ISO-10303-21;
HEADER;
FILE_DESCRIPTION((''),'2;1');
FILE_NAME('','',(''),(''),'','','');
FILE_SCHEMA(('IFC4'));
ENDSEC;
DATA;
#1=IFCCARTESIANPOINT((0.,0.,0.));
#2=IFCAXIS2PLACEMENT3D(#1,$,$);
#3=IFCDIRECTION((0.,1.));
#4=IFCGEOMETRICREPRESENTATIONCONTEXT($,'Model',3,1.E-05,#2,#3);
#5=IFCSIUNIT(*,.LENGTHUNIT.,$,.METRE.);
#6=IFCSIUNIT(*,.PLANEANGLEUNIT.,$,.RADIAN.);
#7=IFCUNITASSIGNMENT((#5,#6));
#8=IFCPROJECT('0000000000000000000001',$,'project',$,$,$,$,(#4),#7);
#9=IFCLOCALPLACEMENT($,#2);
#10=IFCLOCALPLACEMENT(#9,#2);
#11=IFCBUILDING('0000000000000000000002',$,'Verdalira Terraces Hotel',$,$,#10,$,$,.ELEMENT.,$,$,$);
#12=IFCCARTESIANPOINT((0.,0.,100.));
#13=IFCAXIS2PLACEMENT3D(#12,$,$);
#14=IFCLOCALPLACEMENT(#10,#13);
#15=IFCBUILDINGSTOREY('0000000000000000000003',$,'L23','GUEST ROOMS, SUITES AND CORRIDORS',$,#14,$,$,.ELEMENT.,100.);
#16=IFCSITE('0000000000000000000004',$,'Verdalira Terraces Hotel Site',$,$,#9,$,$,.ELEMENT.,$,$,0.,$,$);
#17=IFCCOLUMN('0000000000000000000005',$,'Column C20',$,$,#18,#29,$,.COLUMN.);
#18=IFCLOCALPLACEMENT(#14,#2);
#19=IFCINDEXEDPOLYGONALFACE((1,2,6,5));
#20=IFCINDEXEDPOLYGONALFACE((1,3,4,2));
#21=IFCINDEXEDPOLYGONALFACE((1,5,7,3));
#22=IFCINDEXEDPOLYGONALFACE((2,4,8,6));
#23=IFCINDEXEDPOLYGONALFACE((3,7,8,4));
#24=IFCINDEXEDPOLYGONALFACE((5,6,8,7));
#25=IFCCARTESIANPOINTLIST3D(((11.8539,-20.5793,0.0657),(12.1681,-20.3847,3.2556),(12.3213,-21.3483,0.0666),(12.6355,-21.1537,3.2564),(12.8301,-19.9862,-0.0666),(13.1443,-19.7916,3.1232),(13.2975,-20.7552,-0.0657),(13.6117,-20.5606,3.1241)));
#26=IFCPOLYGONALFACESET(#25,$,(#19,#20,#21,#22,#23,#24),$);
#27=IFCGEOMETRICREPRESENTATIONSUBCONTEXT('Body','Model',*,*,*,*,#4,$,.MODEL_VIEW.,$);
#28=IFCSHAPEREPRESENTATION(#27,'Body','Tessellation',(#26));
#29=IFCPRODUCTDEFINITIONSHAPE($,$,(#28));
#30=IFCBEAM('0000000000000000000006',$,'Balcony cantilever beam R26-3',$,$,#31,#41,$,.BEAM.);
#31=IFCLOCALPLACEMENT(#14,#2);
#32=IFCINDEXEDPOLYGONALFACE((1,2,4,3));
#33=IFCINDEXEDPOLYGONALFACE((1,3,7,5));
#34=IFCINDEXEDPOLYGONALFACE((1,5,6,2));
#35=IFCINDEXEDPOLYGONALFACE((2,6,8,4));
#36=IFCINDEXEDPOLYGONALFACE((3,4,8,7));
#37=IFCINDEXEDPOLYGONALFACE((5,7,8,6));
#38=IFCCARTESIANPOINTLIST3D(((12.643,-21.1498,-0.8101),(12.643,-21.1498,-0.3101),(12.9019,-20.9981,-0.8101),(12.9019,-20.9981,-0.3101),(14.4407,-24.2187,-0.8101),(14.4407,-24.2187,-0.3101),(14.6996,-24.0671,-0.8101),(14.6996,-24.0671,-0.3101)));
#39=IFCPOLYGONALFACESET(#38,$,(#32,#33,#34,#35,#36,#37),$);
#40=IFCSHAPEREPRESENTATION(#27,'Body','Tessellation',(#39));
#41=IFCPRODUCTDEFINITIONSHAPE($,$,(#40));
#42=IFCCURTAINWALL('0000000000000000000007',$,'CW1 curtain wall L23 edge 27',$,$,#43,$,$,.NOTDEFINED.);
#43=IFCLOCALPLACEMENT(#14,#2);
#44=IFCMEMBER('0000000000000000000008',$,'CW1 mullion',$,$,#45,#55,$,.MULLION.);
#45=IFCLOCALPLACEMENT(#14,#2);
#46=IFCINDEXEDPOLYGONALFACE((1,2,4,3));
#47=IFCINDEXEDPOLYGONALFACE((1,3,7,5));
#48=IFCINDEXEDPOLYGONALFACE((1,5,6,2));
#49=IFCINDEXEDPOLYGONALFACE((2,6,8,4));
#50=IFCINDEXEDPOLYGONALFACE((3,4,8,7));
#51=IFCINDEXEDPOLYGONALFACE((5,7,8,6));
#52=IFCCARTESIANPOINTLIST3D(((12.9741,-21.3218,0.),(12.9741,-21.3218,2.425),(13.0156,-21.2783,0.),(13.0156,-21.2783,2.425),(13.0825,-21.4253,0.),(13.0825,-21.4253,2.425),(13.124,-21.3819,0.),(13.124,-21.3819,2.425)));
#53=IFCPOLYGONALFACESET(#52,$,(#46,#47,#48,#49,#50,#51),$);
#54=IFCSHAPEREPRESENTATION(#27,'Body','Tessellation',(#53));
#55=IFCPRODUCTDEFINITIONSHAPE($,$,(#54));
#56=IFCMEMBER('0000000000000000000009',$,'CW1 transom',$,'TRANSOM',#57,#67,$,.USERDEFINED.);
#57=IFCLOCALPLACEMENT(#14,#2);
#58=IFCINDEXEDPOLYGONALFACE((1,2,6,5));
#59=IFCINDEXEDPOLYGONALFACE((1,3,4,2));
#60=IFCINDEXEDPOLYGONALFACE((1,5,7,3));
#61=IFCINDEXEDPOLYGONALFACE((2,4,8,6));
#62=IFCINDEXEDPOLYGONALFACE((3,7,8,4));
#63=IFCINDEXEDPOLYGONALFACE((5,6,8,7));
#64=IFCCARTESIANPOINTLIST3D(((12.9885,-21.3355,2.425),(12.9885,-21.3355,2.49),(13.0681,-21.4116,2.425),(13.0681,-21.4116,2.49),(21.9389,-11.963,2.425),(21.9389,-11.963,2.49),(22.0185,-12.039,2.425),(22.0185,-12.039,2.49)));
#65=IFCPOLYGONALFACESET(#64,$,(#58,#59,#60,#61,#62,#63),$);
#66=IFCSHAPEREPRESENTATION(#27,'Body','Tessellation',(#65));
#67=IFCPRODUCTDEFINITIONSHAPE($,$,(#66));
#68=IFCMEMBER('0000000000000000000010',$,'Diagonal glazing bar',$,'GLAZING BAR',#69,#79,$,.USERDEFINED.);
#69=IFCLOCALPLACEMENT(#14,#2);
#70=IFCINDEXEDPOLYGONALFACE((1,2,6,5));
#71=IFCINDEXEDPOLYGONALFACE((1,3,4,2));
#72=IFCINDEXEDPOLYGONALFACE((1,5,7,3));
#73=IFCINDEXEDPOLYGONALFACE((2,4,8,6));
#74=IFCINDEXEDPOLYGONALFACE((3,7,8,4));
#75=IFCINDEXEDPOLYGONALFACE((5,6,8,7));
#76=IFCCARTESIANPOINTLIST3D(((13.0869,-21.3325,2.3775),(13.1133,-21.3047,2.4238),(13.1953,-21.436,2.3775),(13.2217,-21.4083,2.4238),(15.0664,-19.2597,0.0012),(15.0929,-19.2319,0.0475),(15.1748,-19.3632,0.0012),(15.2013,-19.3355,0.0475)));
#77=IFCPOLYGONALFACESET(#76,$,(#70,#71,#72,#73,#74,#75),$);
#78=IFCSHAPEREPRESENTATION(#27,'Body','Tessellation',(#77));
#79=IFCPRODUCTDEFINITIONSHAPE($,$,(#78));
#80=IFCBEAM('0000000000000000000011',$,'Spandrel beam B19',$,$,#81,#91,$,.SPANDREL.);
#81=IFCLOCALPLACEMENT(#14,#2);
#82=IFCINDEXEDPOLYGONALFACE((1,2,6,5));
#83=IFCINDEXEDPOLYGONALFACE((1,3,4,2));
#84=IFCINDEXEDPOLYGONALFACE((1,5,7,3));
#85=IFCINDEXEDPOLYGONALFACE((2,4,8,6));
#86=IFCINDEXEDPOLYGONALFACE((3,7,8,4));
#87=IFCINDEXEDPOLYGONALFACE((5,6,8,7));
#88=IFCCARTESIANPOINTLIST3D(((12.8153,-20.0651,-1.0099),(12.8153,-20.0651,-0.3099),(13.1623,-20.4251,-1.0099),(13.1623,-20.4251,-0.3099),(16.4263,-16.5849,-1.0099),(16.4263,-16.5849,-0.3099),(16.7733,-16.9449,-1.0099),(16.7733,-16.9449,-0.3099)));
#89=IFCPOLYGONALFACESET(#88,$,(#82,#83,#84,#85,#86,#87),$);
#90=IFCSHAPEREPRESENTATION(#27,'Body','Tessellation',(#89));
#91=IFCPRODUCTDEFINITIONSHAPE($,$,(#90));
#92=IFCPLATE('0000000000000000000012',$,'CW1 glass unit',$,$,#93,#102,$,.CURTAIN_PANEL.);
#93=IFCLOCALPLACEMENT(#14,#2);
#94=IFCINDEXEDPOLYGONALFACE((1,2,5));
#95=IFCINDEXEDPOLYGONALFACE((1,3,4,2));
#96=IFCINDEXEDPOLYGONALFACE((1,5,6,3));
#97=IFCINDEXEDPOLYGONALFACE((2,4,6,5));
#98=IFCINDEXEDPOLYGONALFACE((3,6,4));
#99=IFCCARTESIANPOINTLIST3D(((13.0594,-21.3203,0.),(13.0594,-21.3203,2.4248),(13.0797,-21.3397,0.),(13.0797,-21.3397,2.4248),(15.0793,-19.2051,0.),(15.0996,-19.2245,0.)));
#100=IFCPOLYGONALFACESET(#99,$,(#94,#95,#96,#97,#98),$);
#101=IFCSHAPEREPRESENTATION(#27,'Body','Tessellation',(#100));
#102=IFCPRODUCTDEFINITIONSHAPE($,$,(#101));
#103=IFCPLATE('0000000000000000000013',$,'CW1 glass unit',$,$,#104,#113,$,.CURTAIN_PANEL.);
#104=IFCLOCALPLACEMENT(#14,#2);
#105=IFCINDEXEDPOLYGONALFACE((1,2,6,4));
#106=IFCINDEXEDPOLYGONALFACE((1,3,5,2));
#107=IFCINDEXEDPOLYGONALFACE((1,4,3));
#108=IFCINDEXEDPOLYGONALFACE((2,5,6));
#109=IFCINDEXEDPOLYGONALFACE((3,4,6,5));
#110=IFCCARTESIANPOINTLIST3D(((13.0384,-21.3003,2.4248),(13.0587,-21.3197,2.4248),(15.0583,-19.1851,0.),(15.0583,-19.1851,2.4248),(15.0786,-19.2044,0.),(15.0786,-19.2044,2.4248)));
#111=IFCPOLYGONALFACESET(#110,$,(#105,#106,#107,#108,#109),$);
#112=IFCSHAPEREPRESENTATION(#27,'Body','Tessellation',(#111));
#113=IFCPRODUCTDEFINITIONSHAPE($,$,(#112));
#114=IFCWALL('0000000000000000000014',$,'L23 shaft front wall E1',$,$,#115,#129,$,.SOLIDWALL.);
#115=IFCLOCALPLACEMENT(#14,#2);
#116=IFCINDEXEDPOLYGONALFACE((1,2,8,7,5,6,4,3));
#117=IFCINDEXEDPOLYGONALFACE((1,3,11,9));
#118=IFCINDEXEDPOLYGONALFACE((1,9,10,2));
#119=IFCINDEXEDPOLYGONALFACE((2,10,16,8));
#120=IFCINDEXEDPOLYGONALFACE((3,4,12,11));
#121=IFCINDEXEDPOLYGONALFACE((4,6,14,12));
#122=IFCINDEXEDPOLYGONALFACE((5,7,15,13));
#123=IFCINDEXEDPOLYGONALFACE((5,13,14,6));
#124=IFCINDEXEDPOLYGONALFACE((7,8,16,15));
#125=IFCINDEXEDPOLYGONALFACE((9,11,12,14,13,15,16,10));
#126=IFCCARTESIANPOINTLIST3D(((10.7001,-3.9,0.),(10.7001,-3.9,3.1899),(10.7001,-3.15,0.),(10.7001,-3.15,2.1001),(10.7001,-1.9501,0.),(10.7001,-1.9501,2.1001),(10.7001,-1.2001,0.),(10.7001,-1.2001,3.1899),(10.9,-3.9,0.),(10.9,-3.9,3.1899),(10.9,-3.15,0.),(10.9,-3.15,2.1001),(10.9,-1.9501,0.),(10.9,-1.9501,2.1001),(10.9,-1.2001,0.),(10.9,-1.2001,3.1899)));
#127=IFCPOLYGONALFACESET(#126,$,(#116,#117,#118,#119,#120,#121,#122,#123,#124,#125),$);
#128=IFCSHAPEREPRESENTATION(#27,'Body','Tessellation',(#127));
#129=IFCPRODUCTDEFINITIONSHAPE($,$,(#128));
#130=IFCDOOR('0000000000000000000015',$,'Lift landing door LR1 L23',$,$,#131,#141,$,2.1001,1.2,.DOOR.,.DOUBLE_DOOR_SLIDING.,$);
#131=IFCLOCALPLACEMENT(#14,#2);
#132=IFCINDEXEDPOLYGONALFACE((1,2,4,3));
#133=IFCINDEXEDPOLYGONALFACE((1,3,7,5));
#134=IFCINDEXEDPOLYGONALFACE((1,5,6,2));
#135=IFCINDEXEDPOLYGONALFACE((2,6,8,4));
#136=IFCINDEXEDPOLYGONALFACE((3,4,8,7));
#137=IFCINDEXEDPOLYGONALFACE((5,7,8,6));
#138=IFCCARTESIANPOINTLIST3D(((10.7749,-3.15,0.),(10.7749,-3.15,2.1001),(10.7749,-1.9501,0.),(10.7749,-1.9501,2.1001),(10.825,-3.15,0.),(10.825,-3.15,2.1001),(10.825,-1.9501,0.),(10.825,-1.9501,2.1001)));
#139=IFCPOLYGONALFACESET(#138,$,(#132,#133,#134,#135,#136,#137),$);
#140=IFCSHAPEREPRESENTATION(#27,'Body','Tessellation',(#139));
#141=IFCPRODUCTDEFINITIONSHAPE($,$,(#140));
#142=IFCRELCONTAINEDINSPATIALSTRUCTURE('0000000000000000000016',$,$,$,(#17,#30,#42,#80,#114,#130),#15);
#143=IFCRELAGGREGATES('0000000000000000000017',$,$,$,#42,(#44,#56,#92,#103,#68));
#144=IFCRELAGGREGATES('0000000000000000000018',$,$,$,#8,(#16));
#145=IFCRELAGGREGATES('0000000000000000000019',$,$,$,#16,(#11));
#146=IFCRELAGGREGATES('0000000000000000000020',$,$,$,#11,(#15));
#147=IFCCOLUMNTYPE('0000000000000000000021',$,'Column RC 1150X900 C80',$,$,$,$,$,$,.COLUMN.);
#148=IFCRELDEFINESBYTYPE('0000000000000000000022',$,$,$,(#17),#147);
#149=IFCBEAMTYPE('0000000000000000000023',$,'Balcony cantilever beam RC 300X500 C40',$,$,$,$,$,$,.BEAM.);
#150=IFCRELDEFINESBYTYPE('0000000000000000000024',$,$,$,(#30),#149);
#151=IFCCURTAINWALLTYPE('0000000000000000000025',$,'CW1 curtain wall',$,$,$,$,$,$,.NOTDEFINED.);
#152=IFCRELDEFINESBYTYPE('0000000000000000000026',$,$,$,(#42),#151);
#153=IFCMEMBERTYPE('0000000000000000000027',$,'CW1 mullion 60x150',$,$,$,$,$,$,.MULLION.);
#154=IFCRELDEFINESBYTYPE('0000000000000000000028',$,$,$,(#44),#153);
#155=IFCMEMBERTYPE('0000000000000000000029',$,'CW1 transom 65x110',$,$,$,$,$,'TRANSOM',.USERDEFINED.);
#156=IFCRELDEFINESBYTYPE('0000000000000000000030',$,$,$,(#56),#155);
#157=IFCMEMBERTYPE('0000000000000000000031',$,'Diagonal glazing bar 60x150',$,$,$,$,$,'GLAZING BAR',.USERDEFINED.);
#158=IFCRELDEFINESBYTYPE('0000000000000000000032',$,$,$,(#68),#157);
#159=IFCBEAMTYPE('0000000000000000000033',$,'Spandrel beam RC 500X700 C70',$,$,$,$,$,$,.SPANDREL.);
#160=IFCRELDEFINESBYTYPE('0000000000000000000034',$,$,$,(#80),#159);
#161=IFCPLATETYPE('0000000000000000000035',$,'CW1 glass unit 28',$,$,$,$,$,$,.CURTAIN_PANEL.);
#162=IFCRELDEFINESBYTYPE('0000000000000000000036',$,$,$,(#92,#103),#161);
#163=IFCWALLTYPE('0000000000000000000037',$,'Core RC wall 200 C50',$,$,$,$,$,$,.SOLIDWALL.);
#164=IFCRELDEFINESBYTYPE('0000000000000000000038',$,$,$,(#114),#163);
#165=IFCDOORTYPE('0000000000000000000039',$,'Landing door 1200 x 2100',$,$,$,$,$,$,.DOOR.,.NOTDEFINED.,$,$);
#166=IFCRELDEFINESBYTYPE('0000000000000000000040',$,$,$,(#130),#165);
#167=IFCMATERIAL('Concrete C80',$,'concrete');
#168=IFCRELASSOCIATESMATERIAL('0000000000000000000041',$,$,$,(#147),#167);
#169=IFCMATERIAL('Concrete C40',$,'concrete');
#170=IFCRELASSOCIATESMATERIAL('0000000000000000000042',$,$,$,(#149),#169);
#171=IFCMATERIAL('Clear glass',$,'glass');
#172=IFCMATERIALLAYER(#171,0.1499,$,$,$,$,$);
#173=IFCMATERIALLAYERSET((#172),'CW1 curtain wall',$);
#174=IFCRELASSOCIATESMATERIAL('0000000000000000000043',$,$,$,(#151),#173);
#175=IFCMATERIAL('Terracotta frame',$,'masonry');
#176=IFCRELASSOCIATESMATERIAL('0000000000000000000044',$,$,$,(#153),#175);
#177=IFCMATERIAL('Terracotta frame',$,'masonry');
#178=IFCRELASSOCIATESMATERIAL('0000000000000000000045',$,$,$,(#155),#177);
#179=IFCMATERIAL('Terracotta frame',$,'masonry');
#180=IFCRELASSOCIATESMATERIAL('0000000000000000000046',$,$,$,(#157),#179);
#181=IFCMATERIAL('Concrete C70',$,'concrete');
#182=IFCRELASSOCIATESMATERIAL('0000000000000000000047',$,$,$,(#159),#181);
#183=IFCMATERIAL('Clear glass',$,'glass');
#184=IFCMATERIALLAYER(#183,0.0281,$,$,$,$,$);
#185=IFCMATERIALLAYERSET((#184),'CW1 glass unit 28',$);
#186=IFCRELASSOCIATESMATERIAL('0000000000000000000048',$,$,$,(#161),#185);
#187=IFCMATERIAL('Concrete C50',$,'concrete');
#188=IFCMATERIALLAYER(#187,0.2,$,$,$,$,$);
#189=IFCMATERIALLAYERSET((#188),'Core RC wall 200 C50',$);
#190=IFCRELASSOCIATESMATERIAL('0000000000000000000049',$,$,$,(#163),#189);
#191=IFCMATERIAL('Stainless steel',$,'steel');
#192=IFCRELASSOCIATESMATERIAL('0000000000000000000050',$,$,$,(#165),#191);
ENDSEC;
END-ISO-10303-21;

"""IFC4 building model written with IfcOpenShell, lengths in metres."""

from ifc_helpers import new_model, si_unit, direction, frame, frame_2d, origin, origin_2d, place, context, subcontext, project, spatial, polyline, rectangle, outline, extrude, material, layer, layer_set, material_profile, profile_set, type_object, element, fill, aggregate, save


model = new_model("IFC4")

# Units and contexts
model_context = context("Model", 3, precision=1e-05, world=origin(), true_north=direction((0.0, 1.0)))
body_context = subcontext(model_context, "Body", "Model", "MODEL_VIEW")
ifc_project = project(units=[si_unit("LENGTHUNIT", "METRE"), si_unit("PLANEANGLEUNIT", "RADIAN")], contexts=[model_context])

# Site, building, storey
site_placement = place(None, origin())
site = spatial("IfcSite", under=ifc_project, at=site_placement, Name="Verdalira Terraces Hotel Site", CompositionType="ELEMENT", RefElevation=0.0)
building_placement = place(site_placement, origin())
building = spatial("IfcBuilding", under=site, at=building_placement, Name="Verdalira Terraces Hotel", CompositionType="ELEMENT")
storey_placement = place(building_placement, frame((0.0, 0.0, 100.0)))
storey = spatial("IfcBuildingStorey", under=building, at=storey_placement, Name="L23", Description="GUEST ROOMS, SUITES AND CORRIDORS", CompositionType="ELEMENT", Elevation=100.0)

# Column
ifc_material_1 = material(Name="Concrete C80", Category="concrete")
ifc_material_profile_1 = material_profile(ifc_material_1, rectangle(XDim=1.1499, YDim=0.8999, at=origin_2d()), Name="RC 1150X900")
ifc_profile_set_1 = profile_set([ifc_material_profile_1], Name="Concrete C80")
column_type = type_object("IfcColumnType", Name="Column RC 1150X900 C80", PredefinedType="COLUMN", material=ifc_profile_set_1)
column_placement = place(storey_placement, frame((12.5757, -20.6672, 0.0), z_axis=(0.097845, 0.060593, 0.993355), x_axis=(-0.848942, -0.515804, 0.115084)))
element("IfcColumn", 1, at=column_placement, inside=storey, type_object=column_type, Name="Column C20", PredefinedType="COLUMN", context=body_context, shape_type="SweptSolid", body=[
    extrude(rectangle(XDim=1.1499, YDim=0.8999, at=origin_2d()), origin(), (0.0, 0.0, 1.0), 3.2112),
])

# Beam
ifc_material_2 = material(Name="Concrete C40", Category="concrete")
ifc_material_profile_2 = material_profile(ifc_material_2, rectangle(XDim=0.3, YDim=0.5, at=origin_2d()), Name="RC 300X500")
ifc_profile_set_2 = profile_set([ifc_material_profile_2], Name="Concrete C40")
beam_type_1 = type_object("IfcBeamType", Name="Balcony cantilever beam RC 300X500 C40", PredefinedType="BEAM", material=ifc_profile_set_2)
beam_1_placement = place(storey_placement, frame((12.7725, -21.074, -0.5601), z_axis=(0.505432, -0.862866, 0.0), x_axis=(0.862866, 0.505432, 0.0)))
element("IfcBeam", 2, at=beam_1_placement, inside=storey, type_object=beam_type_1, Name="Balcony cantilever beam R26-3", PredefinedType="BEAM", context=body_context, shape_type="SweptSolid", body=[
    extrude(rectangle(XDim=0.3, YDim=0.5, at=origin_2d()), origin(), (0.0, 0.0, 1.0), 3.5566),
])

# Curtain wall, members
ifc_material_3 = material(Name="Clear glass", Category="glass")
ifc_layer_1 = layer(ifc_material_3, 0.1499)
ifc_layer_set_1 = layer_set([ifc_layer_1], Name="CW1 curtain wall")
curtain_wall_type = type_object("IfcCurtainWallType", Name="CW1 curtain wall", PredefinedType="NOTDEFINED", material=ifc_layer_set_1)
curtain_wall_placement = place(storey_placement, origin())
curtain_wall = element("IfcCurtainWall", 3, at=curtain_wall_placement, inside=storey, type_object=curtain_wall_type, Name="CW1 curtain wall L23 edge 27", PredefinedType="NOTDEFINED")
ifc_material_4 = material(Name="Terracotta frame", Category="masonry")
ifc_material_profile_3 = material_profile(ifc_material_4, rectangle(XDim=0.0601, YDim=0.1499, at=origin_2d()), Name="MU 60x150")
ifc_profile_set_3 = profile_set([ifc_material_profile_3], Name="Terracotta frame")
member_type_1 = type_object("IfcMemberType", Name="CW1 mullion 60x150", PredefinedType="MULLION", material=ifc_profile_set_3)
member_1_placement = place(storey_placement, frame((13.0491, -21.3518, 0.0), z_axis=(0.0, 0.0, 1.0), x_axis=(0.69063, 0.723208, 0.0)))
member_1 = element("IfcMember", 4, at=member_1_placement, type_object=member_type_1, Name="CW1 mullion", PredefinedType="MULLION", context=body_context, shape_type="SweptSolid", body=[
    extrude(rectangle(XDim=0.0601, YDim=0.1499, at=origin_2d()), origin(), (0.0, 0.0, 1.0), 2.425),
])
ifc_material_5 = material(Name="Terracotta frame", Category="masonry")
ifc_material_profile_4 = material_profile(ifc_material_5, rectangle(XDim=0.1101, YDim=0.0649, at=origin_2d()), Name="TR 65x110")
ifc_profile_set_4 = profile_set([ifc_material_profile_4], Name="Terracotta frame")
member_type_2 = type_object("IfcMemberType", Name="CW1 transom 65x110", ElementType="TRANSOM", PredefinedType="USERDEFINED", material=ifc_profile_set_4)
member_2_placement = place(storey_placement, frame((13.0283, -21.3735, 2.4575), z_axis=(0.690633, 0.723205, 0.0), x_axis=(-0.723205, 0.690633, 0.0)))
member_2 = element("IfcMember", 5, at=member_2_placement, type_object=member_type_2, Name="CW1 transom", ObjectType="TRANSOM", PredefinedType="USERDEFINED", context=body_context, shape_type="SweptSolid", body=[
    extrude(rectangle(XDim=0.1101, YDim=0.0649, at=origin_2d()), origin(), (0.0, 0.0, 1.0), 12.9597),
])
ifc_material_6 = material(Name="Terracotta frame", Category="masonry")
ifc_material_profile_5 = material_profile(ifc_material_6, rectangle(XDim=0.1499, YDim=0.0601, at=origin_2d()), Name="GB 60x150")
ifc_profile_set_5 = profile_set([ifc_material_profile_5], Name="Terracotta frame")
member_type_3 = type_object("IfcMemberType", Name="Diagonal glazing bar 60x150", ElementType="GLAZING BAR", PredefinedType="USERDEFINED", material=ifc_profile_set_5)
member_3_placement = place(storey_placement, frame((13.1543, -21.3704, 2.4006), z_axis=(0.531685, 0.556735, -0.638245), x_axis=(-0.723189, 0.69065, 0.0)))
member_3 = element("IfcMember", 6, at=member_3_placement, type_object=member_type_3, Name="Diagonal glazing bar", ObjectType="GLAZING BAR", PredefinedType="USERDEFINED", context=body_context, shape_type="SweptSolid", body=[
    extrude(rectangle(XDim=0.1499, YDim=0.0601, at=origin_2d()), origin(), (0.0, 0.0, 1.0), 3.7231),
])

# Beam
ifc_material_7 = material(Name="Concrete C70", Category="concrete")
ifc_material_profile_6 = material_profile(ifc_material_7, rectangle(XDim=0.5, YDim=0.7, at=origin_2d()), Name="RC 500X700")
ifc_profile_set_6 = profile_set([ifc_material_profile_6], Name="Concrete C70")
beam_type_2 = type_object("IfcBeamType", Name="Spandrel beam RC 500X700 C70", PredefinedType="SPANDREL", material=ifc_profile_set_6)
beam_2_placement = place(storey_placement, frame((12.9888, -20.2451, -0.6599), z_axis=(0.720033, 0.69394, 0.0), x_axis=(-0.69394, 0.720033, 0.0)))
element("IfcBeam", 7, at=beam_2_placement, inside=storey, type_object=beam_type_2, Name="Spandrel beam B19", PredefinedType="SPANDREL", context=body_context, shape_type="SweptSolid", body=[
    extrude(rectangle(XDim=0.5, YDim=0.7, at=origin_2d()), origin(), (0.0, 0.0, 1.0), 5.0151),
])

# Plates
ifc_material_8 = material(Name="Clear glass", Category="glass")
ifc_layer_2 = layer(ifc_material_8, 0.0281)
ifc_layer_set_2 = layer_set([ifc_layer_2], Name="CW1 glass unit 28")
plate_type = type_object("IfcPlateType", Name="CW1 glass unit 28", PredefinedType="CURTAIN_PANEL", material=ifc_layer_set_2)
plate_1_placement = place(storey_placement, frame((14.0693, -20.2627, 1.2124), z_axis=(0.723208, -0.69063, 0.0), x_axis=(0.69063, 0.723208, 0.0)))
plate_1 = element("IfcPlate", 8, at=plate_1_placement, type_object=plate_type, Name="CW1 glass unit", PredefinedType="CURTAIN_PANEL", context=body_context, shape_type="SweptSolid", body=[
    extrude(outline(polyline([(-1.4624, -1.2124), (1.4624, -1.2124), (-1.4624, 1.2124), (-1.4624, -1.2124)])), origin(), (0.0, 0.0, 1.0), 0.0281),
])
plate_2_placement = place(storey_placement, frame((14.0483, -20.2427, 1.2124), z_axis=(0.723208, -0.69063, 0.0), x_axis=(0.69063, 0.723208, 0.0)))
plate_2 = element("IfcPlate", 9, at=plate_2_placement, type_object=plate_type, Name="CW1 glass unit", PredefinedType="CURTAIN_PANEL", context=body_context, shape_type="SweptSolid", body=[
    extrude(outline(polyline([(1.4624, -1.2124), (1.4624, 1.2124), (-1.4624, 1.2124), (1.4624, -1.2124)])), origin(), (0.0, 0.0, 1.0), 0.0281),
])
aggregate(curtain_wall, [member_1, member_2, plate_1, plate_2, member_3])

# Wall, opening, door
ifc_material_9 = material(Name="Concrete C50", Category="concrete")
ifc_layer_3 = layer(ifc_material_9, 0.2)
ifc_layer_set_3 = layer_set([ifc_layer_3], Name="Core RC wall 200 C50")
wall_type_1 = type_object("IfcWallType", Name="Core RC wall 200 C50", PredefinedType="SOLIDWALL", material=ifc_layer_set_3)
wall_1_placement = place(storey_placement, frame((10.8, -1.2, 0.0), z_axis=(0.0, 0.0, 1.0), x_axis=(0.0, -1.0, 0.0)))
wall_1 = element("IfcWall", 10, at=wall_1_placement, inside=storey, type_object=wall_type_1, Name="L23 shaft front wall E1", PredefinedType="SOLIDWALL", context=body_context, shape_type="SweptSolid", body=[
    extrude(rectangle(XDim=2.7, YDim=0.2, at=frame_2d((1.3501, 0.0))), origin(), (0.0, 0.0, 1.0), 3.1899),
])
opening_1_placement = place(wall_1_placement, frame((0.75, 0.0, 0.0)))
opening_1 = element("IfcOpeningElement", 11, at=opening_1_placement, cuts=wall_1, PredefinedType="OPENING", context=body_context, shape_type="SweptSolid", body=[
    extrude(rectangle(XDim=1.2, YDim=2.1001, at=frame_2d((0.6001, 1.05))), frame((0.0, 0.1099, 0.0), z_axis=(0.0, -1.0, 0.0), x_axis=(1.0, 0.0, 0.0)), (0.0, 0.0, 1.0), 0.22),
])
ifc_material_10 = material(Name="Stainless steel", Category="steel")
door_type_1 = type_object("IfcDoorType", Name="Landing door 1200 x 2100", OperationType="NOTDEFINED", PredefinedType="DOOR", material=ifc_material_10)
door_1_placement = place(opening_1_placement, origin())
door_1 = element("IfcDoor", 12, at=door_1_placement, inside=storey, type_object=door_type_1, Name="Lift landing door LR1 L23", OperationType="DOUBLE_DOOR_SLIDING", OverallHeight=2.1001, OverallWidth=1.2, PredefinedType="DOOR", context=body_context, shape_type="SweptSolid", body=[
    extrude(rectangle(XDim=1.2, YDim=2.1001, at=frame_2d((0.6001, 1.05))), frame((0.0, 0.0249, 0.0), z_axis=(0.0, -1.0, 0.0), x_axis=(1.0, 0.0, 0.0)), (0.0, 0.0, 1.0), 0.05),
])
fill(opening_1, door_1)

save(model, "model.ifc")
